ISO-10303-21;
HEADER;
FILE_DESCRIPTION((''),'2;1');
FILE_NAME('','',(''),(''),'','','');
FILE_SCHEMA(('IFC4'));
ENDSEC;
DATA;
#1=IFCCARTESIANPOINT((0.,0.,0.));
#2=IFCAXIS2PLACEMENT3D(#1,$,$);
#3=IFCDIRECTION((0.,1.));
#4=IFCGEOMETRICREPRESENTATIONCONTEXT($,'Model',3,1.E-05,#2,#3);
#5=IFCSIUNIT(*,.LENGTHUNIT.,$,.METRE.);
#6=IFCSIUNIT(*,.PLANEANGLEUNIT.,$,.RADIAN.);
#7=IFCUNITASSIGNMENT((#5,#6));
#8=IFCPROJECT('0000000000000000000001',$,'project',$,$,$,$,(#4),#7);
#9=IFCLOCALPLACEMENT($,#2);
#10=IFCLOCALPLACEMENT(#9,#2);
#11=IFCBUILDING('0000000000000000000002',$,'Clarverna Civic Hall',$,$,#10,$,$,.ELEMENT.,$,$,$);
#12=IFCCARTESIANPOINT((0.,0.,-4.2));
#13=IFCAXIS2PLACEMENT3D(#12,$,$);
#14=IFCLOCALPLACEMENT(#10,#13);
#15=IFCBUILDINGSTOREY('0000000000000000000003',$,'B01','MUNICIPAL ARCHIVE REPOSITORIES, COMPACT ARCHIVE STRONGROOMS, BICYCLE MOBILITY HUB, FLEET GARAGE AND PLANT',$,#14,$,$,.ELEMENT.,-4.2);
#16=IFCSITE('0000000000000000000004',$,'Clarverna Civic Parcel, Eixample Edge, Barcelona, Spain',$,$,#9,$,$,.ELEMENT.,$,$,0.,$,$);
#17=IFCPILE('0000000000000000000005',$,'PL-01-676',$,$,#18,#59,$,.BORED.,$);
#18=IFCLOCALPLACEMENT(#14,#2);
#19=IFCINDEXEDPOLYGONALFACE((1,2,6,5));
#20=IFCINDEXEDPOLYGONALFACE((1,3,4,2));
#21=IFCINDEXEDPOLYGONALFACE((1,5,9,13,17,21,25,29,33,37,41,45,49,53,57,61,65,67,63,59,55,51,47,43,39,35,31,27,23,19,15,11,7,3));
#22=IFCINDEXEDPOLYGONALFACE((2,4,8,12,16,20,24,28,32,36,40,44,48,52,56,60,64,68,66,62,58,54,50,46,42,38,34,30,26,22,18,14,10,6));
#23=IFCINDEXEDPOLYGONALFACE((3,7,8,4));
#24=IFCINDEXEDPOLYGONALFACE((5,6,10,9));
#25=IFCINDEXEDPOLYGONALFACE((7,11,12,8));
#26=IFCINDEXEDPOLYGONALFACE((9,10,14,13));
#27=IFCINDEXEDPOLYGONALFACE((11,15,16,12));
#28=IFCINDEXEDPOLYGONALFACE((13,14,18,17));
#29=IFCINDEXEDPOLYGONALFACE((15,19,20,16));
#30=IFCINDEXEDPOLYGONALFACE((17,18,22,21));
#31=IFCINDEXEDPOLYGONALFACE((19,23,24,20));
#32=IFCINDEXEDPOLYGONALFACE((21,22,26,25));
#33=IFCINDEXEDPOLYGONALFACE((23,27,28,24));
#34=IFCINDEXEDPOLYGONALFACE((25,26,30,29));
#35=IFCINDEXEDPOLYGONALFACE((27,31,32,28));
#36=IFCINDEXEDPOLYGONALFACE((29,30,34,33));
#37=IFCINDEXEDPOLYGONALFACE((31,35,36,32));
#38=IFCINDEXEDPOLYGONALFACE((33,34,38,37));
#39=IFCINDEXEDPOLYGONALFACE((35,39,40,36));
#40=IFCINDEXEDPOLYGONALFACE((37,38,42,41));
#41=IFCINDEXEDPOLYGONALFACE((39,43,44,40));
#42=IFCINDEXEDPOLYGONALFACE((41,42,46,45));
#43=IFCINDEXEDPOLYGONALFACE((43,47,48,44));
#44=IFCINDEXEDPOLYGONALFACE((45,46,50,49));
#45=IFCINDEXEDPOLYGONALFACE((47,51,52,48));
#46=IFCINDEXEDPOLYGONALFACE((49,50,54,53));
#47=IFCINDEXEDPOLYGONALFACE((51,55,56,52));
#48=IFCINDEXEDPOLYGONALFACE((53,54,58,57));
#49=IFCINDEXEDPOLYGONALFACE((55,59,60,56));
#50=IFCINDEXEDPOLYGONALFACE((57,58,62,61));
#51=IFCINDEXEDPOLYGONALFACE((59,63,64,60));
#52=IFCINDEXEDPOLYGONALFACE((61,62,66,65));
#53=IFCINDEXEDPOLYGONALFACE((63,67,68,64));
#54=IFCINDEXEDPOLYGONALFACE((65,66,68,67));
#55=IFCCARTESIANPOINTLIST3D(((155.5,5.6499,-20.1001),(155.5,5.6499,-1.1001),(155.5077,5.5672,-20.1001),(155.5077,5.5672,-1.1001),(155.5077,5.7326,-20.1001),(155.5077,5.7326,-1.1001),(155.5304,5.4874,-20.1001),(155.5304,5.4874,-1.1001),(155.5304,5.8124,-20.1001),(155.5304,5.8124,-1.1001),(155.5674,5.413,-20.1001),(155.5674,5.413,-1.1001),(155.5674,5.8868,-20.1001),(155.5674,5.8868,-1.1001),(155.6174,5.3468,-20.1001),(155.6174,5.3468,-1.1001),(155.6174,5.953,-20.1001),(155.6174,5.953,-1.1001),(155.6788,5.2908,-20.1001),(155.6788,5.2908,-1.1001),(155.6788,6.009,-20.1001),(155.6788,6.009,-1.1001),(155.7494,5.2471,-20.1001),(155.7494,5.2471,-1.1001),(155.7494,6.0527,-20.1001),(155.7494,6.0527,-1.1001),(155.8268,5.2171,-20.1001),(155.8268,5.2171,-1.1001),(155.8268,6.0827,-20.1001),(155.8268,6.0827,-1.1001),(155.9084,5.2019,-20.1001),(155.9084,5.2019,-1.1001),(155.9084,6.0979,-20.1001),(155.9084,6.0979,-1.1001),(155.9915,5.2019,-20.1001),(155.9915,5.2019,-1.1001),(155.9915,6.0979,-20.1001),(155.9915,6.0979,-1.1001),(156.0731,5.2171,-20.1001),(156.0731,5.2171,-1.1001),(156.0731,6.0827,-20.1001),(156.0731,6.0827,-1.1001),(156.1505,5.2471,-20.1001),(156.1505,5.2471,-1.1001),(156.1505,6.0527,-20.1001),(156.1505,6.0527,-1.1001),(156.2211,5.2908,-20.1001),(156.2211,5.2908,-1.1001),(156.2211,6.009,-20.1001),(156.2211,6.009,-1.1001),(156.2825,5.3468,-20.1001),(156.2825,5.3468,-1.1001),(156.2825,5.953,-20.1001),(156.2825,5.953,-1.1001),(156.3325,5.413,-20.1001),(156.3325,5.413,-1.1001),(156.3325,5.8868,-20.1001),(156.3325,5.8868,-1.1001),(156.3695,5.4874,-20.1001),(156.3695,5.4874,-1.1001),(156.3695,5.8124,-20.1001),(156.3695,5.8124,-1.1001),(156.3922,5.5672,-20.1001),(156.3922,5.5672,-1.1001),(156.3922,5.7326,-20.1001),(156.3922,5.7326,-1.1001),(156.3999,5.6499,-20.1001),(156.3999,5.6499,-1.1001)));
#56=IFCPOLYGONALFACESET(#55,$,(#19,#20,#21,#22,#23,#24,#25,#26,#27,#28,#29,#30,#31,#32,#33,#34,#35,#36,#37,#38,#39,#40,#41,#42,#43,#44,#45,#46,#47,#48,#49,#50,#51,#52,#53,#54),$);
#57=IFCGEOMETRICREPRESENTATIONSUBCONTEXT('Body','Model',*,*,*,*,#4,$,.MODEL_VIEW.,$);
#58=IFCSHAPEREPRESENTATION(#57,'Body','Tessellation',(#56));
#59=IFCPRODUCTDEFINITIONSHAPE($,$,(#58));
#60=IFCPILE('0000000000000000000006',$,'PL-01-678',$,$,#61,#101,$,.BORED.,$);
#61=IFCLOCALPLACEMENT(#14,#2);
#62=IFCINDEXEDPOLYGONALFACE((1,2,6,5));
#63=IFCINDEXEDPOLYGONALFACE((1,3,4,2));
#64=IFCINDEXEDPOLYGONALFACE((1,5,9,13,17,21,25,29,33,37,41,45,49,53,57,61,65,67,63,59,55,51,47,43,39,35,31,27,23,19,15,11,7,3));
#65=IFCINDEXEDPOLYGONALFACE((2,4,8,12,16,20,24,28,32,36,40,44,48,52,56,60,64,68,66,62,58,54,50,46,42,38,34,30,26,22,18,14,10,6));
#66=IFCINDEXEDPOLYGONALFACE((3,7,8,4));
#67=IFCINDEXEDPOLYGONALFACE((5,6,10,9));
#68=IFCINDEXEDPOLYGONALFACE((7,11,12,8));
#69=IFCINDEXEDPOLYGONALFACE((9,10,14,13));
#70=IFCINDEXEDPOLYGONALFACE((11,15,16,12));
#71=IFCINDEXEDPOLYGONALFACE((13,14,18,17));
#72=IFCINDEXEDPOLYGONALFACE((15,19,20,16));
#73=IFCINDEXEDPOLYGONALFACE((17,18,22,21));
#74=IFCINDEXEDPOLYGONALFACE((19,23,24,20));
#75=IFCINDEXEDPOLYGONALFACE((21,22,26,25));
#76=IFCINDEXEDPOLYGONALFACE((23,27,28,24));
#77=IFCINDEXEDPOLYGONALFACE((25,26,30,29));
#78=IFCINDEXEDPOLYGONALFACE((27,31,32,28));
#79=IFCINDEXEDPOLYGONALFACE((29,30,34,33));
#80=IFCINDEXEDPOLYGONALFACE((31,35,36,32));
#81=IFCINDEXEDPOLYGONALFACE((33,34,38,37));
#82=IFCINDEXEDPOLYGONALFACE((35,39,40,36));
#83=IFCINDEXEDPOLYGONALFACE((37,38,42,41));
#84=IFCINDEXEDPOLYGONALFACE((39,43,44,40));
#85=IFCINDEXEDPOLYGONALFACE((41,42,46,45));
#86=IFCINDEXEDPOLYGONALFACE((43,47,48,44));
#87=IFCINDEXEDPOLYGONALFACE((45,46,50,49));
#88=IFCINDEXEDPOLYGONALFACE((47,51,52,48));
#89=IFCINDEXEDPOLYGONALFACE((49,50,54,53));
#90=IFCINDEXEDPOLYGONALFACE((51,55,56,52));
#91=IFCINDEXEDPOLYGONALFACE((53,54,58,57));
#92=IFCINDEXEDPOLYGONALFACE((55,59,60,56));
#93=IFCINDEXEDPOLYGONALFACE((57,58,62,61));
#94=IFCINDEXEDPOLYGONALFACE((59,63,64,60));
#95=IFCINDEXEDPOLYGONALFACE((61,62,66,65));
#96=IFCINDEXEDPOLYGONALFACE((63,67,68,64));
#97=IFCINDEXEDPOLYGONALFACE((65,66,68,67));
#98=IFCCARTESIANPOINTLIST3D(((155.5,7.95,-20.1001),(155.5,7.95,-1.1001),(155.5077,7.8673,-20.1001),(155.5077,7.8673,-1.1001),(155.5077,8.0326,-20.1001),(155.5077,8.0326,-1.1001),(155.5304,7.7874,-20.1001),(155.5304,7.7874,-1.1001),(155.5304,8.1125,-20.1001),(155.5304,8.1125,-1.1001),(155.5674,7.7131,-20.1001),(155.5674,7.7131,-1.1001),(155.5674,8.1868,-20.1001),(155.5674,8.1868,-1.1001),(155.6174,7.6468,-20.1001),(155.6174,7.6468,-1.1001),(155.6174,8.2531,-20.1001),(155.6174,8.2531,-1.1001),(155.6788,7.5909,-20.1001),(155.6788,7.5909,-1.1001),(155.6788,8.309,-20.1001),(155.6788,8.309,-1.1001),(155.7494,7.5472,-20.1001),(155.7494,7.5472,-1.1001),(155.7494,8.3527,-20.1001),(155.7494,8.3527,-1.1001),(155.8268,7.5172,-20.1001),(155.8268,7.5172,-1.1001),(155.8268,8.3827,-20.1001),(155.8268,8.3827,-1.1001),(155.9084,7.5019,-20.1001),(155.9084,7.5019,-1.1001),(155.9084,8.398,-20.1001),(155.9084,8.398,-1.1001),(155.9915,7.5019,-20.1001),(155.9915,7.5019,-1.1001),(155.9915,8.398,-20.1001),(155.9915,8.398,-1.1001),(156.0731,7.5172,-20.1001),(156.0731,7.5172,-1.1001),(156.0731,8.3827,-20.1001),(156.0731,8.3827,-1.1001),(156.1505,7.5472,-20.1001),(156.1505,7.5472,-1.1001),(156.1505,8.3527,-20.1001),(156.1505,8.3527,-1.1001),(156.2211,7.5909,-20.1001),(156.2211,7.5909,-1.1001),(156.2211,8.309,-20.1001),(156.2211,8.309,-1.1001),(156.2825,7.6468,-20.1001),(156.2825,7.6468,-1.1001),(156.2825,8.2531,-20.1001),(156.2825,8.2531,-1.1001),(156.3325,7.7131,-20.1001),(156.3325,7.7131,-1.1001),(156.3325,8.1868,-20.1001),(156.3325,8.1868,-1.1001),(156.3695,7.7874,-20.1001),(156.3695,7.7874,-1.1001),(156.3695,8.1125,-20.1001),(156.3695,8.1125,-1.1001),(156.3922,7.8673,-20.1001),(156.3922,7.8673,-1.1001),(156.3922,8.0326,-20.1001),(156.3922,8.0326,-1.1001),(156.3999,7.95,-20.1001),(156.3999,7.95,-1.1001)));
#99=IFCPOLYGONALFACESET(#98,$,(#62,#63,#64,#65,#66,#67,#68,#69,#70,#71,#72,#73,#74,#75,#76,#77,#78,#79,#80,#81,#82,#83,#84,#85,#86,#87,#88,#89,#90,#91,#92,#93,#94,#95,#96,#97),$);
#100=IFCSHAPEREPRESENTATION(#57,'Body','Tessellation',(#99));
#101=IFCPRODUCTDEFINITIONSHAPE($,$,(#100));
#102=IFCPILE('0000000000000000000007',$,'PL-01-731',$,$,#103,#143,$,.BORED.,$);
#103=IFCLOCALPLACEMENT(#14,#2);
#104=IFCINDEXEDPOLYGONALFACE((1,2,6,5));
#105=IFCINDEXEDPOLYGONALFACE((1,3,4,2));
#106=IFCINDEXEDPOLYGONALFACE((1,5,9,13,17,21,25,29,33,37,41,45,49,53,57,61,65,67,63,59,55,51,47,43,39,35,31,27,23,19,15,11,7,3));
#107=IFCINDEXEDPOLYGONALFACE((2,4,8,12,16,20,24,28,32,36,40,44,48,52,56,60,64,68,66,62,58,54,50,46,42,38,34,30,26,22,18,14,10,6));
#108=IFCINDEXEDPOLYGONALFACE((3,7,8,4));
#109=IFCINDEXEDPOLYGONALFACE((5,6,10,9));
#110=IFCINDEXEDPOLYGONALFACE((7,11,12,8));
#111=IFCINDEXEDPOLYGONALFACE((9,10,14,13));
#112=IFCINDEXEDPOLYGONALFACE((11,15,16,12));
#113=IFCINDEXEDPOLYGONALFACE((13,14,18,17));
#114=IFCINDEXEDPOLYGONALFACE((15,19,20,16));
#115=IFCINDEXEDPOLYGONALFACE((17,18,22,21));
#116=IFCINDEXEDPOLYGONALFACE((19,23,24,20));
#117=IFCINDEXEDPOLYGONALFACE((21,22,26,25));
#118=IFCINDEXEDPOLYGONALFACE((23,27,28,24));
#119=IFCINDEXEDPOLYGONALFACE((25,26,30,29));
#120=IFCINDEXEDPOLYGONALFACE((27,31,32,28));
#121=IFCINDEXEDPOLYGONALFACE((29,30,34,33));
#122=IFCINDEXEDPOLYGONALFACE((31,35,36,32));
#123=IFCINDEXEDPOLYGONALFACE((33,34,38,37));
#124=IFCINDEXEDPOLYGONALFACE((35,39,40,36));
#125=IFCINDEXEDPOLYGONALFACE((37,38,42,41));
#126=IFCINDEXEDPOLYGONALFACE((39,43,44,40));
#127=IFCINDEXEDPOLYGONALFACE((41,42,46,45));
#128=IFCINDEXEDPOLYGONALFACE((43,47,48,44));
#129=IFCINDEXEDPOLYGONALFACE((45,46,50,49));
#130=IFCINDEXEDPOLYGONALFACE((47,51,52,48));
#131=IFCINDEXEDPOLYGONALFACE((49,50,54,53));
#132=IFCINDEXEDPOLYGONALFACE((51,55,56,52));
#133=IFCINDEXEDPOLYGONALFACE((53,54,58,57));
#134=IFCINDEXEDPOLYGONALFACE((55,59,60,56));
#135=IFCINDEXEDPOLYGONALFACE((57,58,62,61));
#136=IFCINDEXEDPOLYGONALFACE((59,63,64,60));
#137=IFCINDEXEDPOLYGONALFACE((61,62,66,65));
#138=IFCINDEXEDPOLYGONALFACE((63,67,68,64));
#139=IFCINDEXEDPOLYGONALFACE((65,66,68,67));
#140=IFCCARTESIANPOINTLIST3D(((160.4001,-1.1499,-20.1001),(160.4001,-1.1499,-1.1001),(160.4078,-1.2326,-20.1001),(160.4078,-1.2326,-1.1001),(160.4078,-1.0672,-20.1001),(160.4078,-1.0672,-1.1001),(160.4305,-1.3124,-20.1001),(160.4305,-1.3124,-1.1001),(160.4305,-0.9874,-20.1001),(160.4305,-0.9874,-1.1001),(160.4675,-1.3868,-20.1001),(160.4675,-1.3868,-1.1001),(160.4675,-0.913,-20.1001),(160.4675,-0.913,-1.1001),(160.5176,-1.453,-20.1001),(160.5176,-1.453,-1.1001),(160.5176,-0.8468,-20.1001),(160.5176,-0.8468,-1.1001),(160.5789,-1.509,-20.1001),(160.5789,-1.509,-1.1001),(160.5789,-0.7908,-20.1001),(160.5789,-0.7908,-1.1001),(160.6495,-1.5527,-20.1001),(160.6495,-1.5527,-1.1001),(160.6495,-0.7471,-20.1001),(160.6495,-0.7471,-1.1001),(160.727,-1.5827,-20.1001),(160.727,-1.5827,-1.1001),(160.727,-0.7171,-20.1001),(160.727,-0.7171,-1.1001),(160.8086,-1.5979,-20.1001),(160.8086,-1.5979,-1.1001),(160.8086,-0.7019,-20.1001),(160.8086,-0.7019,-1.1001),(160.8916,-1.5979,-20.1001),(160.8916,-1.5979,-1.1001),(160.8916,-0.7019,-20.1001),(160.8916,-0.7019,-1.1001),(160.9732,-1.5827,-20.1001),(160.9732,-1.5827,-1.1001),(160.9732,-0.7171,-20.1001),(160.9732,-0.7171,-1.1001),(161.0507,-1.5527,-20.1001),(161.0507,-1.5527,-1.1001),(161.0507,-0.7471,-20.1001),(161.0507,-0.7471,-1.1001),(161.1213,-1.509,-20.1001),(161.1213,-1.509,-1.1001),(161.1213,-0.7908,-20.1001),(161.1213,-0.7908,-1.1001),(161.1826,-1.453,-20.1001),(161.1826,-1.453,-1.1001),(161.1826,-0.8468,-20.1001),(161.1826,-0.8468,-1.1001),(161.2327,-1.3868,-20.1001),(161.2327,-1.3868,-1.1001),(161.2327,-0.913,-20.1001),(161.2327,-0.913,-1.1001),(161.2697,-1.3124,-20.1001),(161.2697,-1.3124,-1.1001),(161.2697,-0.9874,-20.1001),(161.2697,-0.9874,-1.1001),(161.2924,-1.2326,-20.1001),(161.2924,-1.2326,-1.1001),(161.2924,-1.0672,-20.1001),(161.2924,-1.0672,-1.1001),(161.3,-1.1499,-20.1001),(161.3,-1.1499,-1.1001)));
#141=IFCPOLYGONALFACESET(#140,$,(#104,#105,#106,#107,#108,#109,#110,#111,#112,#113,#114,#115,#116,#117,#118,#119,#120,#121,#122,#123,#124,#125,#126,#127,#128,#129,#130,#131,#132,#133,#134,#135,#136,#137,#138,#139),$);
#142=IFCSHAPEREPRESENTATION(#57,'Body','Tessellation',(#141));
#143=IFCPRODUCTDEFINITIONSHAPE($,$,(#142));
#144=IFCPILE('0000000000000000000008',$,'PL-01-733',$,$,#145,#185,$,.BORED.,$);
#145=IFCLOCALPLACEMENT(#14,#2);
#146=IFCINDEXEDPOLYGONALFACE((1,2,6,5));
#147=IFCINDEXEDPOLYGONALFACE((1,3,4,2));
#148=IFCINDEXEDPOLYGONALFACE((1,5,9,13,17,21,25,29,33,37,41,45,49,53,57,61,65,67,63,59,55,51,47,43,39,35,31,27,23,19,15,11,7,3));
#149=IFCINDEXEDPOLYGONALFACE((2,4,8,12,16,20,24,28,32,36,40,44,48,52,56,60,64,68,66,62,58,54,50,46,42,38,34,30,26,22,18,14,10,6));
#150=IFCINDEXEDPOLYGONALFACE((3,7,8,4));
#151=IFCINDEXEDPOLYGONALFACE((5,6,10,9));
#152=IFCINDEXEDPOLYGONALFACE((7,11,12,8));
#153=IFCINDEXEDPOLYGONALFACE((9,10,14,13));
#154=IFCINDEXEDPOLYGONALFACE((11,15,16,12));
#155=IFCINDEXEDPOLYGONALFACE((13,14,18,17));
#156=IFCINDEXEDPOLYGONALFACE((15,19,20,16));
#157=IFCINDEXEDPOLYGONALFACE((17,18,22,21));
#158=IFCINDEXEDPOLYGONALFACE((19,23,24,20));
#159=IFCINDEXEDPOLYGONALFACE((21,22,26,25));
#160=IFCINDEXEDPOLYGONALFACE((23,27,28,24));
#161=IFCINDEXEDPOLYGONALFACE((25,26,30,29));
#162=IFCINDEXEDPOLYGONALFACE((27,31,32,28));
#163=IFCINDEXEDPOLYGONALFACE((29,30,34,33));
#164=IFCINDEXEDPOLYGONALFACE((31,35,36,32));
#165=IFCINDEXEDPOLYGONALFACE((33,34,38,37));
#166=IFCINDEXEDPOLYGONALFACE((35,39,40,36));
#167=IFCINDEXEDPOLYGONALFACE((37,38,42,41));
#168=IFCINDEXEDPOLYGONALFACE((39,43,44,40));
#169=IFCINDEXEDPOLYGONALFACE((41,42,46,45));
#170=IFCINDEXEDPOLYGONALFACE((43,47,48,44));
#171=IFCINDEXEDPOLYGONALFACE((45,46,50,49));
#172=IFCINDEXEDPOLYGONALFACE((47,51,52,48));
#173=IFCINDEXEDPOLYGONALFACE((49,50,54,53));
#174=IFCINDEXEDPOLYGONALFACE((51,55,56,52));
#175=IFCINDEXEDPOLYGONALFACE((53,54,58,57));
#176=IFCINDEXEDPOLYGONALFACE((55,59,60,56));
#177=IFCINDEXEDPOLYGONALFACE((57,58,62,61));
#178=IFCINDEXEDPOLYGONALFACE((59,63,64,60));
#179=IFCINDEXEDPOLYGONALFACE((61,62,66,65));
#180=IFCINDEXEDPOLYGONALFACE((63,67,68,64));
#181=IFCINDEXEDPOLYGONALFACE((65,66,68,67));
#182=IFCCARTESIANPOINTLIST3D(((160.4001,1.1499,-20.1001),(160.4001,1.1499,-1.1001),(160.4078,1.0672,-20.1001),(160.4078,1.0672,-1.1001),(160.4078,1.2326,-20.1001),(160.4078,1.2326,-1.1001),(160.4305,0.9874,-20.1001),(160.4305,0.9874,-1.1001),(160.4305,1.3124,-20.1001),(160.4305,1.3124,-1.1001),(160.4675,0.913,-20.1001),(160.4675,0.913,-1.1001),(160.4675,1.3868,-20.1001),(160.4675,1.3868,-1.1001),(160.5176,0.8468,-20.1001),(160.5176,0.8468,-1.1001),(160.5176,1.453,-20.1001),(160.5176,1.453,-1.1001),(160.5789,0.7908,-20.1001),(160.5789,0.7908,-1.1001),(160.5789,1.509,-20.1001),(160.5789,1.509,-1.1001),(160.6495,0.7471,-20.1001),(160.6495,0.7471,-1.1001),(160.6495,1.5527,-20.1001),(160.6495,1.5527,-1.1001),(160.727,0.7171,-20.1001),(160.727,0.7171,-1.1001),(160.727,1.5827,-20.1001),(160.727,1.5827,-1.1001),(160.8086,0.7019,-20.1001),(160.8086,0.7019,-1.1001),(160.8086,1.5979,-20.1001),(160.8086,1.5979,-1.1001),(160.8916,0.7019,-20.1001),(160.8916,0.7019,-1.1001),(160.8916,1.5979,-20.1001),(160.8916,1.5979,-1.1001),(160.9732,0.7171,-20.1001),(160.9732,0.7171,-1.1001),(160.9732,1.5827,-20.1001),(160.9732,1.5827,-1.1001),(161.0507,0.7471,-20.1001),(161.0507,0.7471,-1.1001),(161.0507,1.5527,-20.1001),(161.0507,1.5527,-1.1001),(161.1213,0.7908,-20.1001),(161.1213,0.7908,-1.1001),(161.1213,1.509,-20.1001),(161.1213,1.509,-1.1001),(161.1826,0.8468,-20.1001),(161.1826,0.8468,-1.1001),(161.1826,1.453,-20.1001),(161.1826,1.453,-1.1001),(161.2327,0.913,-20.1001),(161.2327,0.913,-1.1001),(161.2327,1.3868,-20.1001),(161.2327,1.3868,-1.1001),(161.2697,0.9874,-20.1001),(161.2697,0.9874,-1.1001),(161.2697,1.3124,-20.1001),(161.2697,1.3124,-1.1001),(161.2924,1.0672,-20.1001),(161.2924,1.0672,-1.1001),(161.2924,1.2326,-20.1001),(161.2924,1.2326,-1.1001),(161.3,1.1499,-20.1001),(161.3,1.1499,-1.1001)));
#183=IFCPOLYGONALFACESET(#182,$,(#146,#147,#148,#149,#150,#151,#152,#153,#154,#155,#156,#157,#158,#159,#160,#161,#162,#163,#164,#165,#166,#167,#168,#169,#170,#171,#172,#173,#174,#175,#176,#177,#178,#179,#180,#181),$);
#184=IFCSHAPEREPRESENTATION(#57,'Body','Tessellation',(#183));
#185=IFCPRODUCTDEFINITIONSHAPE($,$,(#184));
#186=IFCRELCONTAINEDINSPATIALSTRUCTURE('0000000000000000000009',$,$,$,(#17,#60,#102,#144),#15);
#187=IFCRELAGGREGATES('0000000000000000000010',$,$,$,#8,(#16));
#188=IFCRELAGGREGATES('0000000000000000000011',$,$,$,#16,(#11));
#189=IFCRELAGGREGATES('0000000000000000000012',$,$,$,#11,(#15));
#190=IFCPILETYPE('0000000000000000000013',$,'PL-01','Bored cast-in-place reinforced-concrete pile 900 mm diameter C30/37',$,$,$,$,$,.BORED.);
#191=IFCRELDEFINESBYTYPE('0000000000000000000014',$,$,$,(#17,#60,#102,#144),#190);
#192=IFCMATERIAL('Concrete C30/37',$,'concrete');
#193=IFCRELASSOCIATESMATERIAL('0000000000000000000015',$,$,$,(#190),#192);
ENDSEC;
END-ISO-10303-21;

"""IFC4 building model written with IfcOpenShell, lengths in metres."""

from ifc_helpers import new_model, si_unit, direction, frame, origin, origin_2d, place, context, subcontext, project, spatial, circle, extrude, material, material_profile, profile_set, type_object, element, save


model = new_model("IFC4")

# Units and contexts
model_context = context("Model", 3, precision=1e-05, world=origin(), true_north=direction((0.0, 1.0)))
body_context = subcontext(model_context, "Body", "Model", "MODEL_VIEW")
ifc_project = project(units=[si_unit("LENGTHUNIT", "METRE"), si_unit("PLANEANGLEUNIT", "RADIAN")], contexts=[model_context])

# Site, building, storey
site_placement = place(None, origin())
site = spatial("IfcSite", under=ifc_project, at=site_placement, Name="Clarverna Civic Parcel, Eixample Edge, Barcelona, Spain", CompositionType="ELEMENT", RefElevation=0.0)
building_placement = place(site_placement, origin())
building = spatial("IfcBuilding", under=site, at=building_placement, Name="Clarverna Civic Hall", CompositionType="ELEMENT")
storey_placement = place(building_placement, frame((0.0, 0.0, -4.2)))
storey = spatial("IfcBuildingStorey", under=building, at=storey_placement, Name="B01", Description="MUNICIPAL ARCHIVE REPOSITORIES, COMPACT ARCHIVE STRONGROOMS, BICYCLE MOBILITY HUB, FLEET GARAGE AND PLANT", CompositionType="ELEMENT", Elevation=-4.2)

# Shared definitions
ifc_material_1 = material(Name="Concrete C30/37", Category="concrete")

# Piles
ifc_material_profile_1 = material_profile(ifc_material_1, circle(Radius=0.45, at=origin_2d()), Name="BORED PILE D900")
ifc_profile_set_1 = profile_set([ifc_material_profile_1], Name="Concrete C30/37")
pile_type = type_object("IfcPileType", Name="PL-01", Description="Bored cast-in-place reinforced-concrete pile 900 mm diameter C30/37", PredefinedType="BORED", material=ifc_profile_set_1)
for number, where, z_axis, x_axis, name in (
    (1, (155.95, 5.6499, -1.1001), (0.0, 0.0, -1.0), (1.0, 0.0, 0.0), "PL-01-676"),
    (2, (155.95, 7.95, -1.1001), (0.0, 0.0, -1.0), (1.0, 0.0, 0.0), "PL-01-678"),
    (3, (160.8501, -1.1499, -1.1001), (0.0, 0.0, -1.0), (1.0, 0.0, 0.0), "PL-01-731"),
    (4, (160.8501, 1.1499, -1.1001), (0.0, 0.0, -1.0), (1.0, 0.0, 0.0), "PL-01-733"),
):
    element("IfcPile", number, at=place(storey_placement, frame(where, z_axis=z_axis, x_axis=x_axis)), inside=storey, type_object=pile_type, Name=name, PredefinedType="BORED", context=body_context, shape_type="SweptSolid", body=[
        extrude(circle(Radius=0.45, at=origin_2d()), origin(), (0.0, 0.0, 1.0), 19.0),
    ])

save(model, "model.ifc")
